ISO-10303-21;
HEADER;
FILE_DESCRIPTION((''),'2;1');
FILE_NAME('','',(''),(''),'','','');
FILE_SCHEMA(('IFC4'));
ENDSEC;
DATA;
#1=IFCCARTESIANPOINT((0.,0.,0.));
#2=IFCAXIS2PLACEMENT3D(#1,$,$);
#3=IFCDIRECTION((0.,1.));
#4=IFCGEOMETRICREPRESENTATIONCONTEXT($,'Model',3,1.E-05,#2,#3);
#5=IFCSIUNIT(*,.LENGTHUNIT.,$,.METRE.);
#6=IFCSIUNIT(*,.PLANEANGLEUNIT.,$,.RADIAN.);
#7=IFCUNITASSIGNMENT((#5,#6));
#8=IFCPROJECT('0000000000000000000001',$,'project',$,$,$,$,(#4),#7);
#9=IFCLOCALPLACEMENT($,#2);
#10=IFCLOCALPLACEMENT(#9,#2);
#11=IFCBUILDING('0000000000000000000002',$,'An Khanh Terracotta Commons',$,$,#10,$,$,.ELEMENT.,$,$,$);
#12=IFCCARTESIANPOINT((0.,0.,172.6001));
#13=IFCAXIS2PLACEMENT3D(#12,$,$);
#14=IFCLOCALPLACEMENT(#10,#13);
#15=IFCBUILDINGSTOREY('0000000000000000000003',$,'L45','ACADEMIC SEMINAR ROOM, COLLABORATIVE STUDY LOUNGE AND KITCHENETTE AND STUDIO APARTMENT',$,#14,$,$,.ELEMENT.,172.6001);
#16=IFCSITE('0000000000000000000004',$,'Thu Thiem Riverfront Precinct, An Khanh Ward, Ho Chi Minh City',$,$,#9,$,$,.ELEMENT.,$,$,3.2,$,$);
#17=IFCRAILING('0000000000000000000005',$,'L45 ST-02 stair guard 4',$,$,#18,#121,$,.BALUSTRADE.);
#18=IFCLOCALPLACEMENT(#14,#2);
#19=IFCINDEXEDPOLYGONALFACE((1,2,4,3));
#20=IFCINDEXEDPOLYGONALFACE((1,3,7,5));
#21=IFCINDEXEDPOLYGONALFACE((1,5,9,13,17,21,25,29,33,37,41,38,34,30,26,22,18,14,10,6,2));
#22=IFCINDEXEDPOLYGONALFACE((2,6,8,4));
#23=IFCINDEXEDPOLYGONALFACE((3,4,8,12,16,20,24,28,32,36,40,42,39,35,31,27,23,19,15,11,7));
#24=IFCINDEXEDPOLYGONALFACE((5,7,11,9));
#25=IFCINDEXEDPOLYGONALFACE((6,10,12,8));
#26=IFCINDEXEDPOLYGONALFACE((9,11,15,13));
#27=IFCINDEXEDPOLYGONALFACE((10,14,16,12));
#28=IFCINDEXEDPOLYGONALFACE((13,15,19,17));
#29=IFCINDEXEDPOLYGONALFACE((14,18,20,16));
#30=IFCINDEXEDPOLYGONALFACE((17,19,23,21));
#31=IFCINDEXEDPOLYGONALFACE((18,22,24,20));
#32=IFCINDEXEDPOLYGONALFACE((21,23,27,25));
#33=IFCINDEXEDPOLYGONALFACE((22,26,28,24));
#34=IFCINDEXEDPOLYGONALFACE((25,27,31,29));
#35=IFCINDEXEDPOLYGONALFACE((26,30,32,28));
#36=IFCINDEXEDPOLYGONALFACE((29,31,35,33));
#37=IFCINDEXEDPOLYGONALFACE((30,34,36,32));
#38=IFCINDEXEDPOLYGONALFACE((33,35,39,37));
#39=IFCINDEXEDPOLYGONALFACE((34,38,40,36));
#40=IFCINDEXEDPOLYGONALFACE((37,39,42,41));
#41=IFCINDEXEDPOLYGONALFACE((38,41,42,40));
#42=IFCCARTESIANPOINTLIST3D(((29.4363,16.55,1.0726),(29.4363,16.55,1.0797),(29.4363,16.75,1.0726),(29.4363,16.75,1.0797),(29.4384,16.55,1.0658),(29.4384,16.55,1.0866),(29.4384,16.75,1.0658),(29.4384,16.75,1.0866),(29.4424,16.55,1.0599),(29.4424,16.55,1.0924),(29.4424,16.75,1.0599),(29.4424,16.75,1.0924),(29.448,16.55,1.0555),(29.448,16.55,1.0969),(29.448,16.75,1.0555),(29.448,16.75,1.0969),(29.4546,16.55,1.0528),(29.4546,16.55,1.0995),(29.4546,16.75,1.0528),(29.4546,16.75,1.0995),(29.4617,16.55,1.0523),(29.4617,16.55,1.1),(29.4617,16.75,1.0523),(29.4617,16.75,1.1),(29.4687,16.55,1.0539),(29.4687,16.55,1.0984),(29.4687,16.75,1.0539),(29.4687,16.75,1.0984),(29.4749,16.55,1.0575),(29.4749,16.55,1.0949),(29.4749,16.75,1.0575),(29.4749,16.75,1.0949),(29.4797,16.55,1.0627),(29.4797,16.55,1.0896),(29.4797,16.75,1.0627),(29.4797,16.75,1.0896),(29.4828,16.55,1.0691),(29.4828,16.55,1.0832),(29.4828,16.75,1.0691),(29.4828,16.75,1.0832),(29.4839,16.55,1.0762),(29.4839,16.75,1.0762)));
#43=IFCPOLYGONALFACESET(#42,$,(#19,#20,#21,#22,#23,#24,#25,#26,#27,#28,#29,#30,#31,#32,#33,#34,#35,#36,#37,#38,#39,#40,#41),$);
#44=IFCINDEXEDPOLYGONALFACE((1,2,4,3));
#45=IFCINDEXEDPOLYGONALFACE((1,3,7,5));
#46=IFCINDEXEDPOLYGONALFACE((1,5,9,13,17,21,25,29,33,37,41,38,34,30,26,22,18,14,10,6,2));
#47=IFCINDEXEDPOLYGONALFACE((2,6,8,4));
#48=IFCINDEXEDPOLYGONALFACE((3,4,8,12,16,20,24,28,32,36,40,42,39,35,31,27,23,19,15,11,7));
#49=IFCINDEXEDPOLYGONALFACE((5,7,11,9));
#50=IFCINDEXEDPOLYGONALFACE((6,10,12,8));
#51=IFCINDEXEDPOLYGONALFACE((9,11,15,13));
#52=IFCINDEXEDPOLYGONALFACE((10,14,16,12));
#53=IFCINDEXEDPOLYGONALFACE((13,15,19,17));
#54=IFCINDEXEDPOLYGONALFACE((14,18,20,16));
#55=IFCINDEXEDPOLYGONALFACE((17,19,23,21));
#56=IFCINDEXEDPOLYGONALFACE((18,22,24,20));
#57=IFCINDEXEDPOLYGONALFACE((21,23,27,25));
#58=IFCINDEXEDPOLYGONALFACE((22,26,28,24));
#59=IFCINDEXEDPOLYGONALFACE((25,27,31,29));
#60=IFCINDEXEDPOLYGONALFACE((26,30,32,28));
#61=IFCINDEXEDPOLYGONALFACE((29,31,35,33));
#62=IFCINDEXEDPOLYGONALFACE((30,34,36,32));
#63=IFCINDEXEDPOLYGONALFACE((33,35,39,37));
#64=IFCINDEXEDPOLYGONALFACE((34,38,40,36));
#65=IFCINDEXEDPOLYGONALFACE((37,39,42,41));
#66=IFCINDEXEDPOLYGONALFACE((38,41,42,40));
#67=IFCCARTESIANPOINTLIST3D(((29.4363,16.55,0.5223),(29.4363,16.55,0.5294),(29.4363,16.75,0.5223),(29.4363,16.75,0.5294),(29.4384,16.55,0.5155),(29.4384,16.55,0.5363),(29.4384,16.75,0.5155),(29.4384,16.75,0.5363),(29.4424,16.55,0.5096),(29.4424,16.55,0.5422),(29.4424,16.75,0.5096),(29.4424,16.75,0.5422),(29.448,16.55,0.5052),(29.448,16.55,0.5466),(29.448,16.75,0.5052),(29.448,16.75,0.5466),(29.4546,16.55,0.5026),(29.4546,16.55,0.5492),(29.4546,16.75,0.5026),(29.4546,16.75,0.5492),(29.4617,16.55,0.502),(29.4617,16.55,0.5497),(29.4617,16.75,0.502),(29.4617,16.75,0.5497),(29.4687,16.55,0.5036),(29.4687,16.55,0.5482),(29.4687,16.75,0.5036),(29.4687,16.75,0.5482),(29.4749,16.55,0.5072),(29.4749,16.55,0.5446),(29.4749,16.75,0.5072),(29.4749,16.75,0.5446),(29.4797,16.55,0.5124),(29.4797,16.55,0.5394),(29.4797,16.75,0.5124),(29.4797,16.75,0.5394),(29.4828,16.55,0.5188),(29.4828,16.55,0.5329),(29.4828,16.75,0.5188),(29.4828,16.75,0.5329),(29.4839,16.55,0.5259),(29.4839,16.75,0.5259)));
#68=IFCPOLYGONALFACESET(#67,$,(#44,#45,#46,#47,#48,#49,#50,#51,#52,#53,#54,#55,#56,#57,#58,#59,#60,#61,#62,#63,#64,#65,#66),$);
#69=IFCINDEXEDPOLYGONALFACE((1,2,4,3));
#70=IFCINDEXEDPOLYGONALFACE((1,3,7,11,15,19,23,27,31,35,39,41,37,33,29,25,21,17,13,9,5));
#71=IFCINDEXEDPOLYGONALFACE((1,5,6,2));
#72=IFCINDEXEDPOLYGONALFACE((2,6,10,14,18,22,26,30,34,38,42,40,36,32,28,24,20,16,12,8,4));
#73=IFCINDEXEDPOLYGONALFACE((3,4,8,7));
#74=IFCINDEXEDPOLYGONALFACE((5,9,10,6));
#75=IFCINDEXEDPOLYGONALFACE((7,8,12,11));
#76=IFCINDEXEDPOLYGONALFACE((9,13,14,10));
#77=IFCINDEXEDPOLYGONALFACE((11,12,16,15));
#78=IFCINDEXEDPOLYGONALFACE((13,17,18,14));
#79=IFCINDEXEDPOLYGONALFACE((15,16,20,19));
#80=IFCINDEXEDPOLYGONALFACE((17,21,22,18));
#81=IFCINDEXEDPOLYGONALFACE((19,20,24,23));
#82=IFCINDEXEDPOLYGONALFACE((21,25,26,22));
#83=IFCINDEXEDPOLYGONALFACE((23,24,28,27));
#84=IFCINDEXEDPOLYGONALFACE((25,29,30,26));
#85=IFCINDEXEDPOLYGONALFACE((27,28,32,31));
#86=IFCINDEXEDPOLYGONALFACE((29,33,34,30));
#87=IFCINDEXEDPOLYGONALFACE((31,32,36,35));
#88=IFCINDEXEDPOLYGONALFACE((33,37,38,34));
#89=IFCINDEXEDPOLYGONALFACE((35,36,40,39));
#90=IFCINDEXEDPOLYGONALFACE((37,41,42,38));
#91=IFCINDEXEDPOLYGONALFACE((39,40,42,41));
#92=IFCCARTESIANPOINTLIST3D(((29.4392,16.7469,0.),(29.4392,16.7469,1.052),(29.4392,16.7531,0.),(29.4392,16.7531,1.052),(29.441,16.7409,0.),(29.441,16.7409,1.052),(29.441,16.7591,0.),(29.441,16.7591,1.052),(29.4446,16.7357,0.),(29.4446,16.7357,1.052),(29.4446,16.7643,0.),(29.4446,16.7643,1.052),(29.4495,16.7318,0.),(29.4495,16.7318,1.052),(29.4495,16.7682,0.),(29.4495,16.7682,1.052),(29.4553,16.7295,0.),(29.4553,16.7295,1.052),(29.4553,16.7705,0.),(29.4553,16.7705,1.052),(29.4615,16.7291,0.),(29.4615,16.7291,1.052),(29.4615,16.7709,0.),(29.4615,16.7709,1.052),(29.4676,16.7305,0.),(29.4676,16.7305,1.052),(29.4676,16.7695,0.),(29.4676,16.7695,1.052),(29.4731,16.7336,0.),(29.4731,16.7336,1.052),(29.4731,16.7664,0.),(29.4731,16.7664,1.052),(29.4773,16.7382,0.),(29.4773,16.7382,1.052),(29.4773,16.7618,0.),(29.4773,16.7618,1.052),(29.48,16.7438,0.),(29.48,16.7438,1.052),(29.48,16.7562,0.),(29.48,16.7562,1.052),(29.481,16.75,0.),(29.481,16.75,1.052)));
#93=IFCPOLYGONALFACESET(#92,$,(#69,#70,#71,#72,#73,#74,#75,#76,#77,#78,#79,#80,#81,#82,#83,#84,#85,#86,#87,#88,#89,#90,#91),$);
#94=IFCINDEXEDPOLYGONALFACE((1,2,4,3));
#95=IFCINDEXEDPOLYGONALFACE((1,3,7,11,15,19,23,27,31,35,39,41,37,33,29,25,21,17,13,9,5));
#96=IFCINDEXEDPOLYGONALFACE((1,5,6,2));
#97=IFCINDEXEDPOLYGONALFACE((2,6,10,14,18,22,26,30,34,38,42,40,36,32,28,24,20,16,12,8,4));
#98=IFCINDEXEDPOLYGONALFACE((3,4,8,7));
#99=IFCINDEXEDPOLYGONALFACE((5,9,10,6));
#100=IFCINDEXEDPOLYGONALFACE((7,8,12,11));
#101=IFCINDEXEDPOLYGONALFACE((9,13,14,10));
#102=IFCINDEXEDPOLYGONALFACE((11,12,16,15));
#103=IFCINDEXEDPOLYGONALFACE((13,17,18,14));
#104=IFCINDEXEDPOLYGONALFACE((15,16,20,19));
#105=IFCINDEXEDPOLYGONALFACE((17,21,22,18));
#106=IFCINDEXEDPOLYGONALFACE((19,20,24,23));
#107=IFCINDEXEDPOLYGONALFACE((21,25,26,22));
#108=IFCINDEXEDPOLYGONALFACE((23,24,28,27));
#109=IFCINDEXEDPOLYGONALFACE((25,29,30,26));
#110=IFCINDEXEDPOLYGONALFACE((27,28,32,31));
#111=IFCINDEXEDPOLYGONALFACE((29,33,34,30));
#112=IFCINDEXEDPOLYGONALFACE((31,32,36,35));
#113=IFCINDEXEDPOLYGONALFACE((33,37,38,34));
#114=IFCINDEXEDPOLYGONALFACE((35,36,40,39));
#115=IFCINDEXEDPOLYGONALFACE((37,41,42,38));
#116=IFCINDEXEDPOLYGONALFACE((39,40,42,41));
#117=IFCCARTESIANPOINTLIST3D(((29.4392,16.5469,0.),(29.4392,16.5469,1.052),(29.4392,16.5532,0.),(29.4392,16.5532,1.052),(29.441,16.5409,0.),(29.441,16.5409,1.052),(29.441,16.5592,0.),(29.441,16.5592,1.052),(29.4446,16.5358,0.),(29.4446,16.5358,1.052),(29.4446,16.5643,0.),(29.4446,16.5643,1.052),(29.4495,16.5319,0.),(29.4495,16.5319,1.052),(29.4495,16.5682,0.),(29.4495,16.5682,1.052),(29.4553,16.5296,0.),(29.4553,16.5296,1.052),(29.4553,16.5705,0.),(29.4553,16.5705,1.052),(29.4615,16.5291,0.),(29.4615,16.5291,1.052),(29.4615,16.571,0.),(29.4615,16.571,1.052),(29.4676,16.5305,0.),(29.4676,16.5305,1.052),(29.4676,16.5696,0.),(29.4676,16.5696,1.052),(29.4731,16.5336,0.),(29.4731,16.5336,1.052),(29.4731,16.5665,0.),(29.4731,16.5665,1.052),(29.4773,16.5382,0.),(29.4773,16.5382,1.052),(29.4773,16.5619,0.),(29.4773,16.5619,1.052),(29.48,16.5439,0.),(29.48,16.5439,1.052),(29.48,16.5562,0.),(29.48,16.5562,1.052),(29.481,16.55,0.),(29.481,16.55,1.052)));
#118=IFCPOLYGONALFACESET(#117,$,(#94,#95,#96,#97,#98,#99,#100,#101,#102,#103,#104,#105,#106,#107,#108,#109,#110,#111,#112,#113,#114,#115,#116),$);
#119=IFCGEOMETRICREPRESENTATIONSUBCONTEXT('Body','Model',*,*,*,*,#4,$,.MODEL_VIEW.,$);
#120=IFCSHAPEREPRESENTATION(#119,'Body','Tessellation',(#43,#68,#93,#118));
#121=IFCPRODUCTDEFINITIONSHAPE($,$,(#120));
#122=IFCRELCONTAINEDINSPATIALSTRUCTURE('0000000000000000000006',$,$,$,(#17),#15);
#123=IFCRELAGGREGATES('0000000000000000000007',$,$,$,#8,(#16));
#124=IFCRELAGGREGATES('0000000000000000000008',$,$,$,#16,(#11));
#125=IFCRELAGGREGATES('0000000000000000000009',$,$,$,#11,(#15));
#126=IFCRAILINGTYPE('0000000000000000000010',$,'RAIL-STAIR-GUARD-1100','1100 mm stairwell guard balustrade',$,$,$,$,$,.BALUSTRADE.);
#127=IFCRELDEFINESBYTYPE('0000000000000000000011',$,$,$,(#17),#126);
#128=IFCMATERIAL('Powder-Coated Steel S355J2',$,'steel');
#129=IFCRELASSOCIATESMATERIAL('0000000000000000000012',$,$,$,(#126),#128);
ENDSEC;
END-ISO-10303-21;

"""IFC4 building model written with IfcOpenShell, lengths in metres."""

from ifc_helpers import new_model, si_unit, direction, frame, origin, origin_2d, place, context, subcontext, project, spatial, circle, extrude, material, type_object, element, save


model = new_model("IFC4")

# Units and contexts
model_context = context("Model", 3, precision=1e-05, world=origin(), true_north=direction((0.0, 1.0)))
body_context = subcontext(model_context, "Body", "Model", "MODEL_VIEW")
ifc_project = project(units=[si_unit("LENGTHUNIT", "METRE"), si_unit("PLANEANGLEUNIT", "RADIAN")], contexts=[model_context])

# Site, building, storey
site_placement = place(None, origin())
site = spatial("IfcSite", under=ifc_project, at=site_placement, Name="Thu Thiem Riverfront Precinct, An Khanh Ward, Ho Chi Minh City", CompositionType="ELEMENT", RefElevation=3.2)
building_placement = place(site_placement, origin())
building = spatial("IfcBuilding", under=site, at=building_placement, Name="An Khanh Terracotta Commons", CompositionType="ELEMENT")
storey_placement = place(building_placement, frame((0.0, 0.0, 172.6001)))
storey = spatial("IfcBuildingStorey", under=building, at=storey_placement, Name="L45", Description="ACADEMIC SEMINAR ROOM, COLLABORATIVE STUDY LOUNGE AND KITCHENETTE AND STUDIO APARTMENT", CompositionType="ELEMENT", Elevation=172.6001)

# Railing
ifc_material_1 = material(Name="Powder-Coated Steel S355J2", Category="steel")
railing_type_1 = type_object("IfcRailingType", Name="RAIL-STAIR-GUARD-1100", Description="1100 mm stairwell guard balustrade", PredefinedType="BALUSTRADE", material=ifc_material_1)
railing_1_placement = place(storey_placement, frame((29.46, 16.75, 0.0)))
element("IfcRailing", 1, at=railing_1_placement, inside=storey, type_object=railing_type_1, Name="L45 ST-02 stair guard 4", PredefinedType="BALUSTRADE", context=body_context, shape_type="SweptSolid", body=[
    extrude(circle(Radius=0.0239, at=origin_2d()), frame((0.0, 0.0, 1.0762), z_axis=(0.0, -1.0, 0.0), x_axis=(1.0, 0.0, 0.0)), (0.0, 0.0, 1.0), 0.2),
    extrude(circle(Radius=0.0239, at=origin_2d()), frame((0.0, 0.0, 0.5259), z_axis=(0.0, -1.0, 0.0), x_axis=(1.0, 0.0, 0.0)), (0.0, 0.0, 1.0), 0.2),
    extrude(circle(Radius=0.021, at=origin_2d()), origin(), (0.0, 0.0, 1.0), 1.052),
    extrude(circle(Radius=0.021, at=origin_2d()), frame((0.0, -0.2, 0.0)), (0.0, 0.0, 1.0), 1.052),
])

save(model, "model.ifc")
